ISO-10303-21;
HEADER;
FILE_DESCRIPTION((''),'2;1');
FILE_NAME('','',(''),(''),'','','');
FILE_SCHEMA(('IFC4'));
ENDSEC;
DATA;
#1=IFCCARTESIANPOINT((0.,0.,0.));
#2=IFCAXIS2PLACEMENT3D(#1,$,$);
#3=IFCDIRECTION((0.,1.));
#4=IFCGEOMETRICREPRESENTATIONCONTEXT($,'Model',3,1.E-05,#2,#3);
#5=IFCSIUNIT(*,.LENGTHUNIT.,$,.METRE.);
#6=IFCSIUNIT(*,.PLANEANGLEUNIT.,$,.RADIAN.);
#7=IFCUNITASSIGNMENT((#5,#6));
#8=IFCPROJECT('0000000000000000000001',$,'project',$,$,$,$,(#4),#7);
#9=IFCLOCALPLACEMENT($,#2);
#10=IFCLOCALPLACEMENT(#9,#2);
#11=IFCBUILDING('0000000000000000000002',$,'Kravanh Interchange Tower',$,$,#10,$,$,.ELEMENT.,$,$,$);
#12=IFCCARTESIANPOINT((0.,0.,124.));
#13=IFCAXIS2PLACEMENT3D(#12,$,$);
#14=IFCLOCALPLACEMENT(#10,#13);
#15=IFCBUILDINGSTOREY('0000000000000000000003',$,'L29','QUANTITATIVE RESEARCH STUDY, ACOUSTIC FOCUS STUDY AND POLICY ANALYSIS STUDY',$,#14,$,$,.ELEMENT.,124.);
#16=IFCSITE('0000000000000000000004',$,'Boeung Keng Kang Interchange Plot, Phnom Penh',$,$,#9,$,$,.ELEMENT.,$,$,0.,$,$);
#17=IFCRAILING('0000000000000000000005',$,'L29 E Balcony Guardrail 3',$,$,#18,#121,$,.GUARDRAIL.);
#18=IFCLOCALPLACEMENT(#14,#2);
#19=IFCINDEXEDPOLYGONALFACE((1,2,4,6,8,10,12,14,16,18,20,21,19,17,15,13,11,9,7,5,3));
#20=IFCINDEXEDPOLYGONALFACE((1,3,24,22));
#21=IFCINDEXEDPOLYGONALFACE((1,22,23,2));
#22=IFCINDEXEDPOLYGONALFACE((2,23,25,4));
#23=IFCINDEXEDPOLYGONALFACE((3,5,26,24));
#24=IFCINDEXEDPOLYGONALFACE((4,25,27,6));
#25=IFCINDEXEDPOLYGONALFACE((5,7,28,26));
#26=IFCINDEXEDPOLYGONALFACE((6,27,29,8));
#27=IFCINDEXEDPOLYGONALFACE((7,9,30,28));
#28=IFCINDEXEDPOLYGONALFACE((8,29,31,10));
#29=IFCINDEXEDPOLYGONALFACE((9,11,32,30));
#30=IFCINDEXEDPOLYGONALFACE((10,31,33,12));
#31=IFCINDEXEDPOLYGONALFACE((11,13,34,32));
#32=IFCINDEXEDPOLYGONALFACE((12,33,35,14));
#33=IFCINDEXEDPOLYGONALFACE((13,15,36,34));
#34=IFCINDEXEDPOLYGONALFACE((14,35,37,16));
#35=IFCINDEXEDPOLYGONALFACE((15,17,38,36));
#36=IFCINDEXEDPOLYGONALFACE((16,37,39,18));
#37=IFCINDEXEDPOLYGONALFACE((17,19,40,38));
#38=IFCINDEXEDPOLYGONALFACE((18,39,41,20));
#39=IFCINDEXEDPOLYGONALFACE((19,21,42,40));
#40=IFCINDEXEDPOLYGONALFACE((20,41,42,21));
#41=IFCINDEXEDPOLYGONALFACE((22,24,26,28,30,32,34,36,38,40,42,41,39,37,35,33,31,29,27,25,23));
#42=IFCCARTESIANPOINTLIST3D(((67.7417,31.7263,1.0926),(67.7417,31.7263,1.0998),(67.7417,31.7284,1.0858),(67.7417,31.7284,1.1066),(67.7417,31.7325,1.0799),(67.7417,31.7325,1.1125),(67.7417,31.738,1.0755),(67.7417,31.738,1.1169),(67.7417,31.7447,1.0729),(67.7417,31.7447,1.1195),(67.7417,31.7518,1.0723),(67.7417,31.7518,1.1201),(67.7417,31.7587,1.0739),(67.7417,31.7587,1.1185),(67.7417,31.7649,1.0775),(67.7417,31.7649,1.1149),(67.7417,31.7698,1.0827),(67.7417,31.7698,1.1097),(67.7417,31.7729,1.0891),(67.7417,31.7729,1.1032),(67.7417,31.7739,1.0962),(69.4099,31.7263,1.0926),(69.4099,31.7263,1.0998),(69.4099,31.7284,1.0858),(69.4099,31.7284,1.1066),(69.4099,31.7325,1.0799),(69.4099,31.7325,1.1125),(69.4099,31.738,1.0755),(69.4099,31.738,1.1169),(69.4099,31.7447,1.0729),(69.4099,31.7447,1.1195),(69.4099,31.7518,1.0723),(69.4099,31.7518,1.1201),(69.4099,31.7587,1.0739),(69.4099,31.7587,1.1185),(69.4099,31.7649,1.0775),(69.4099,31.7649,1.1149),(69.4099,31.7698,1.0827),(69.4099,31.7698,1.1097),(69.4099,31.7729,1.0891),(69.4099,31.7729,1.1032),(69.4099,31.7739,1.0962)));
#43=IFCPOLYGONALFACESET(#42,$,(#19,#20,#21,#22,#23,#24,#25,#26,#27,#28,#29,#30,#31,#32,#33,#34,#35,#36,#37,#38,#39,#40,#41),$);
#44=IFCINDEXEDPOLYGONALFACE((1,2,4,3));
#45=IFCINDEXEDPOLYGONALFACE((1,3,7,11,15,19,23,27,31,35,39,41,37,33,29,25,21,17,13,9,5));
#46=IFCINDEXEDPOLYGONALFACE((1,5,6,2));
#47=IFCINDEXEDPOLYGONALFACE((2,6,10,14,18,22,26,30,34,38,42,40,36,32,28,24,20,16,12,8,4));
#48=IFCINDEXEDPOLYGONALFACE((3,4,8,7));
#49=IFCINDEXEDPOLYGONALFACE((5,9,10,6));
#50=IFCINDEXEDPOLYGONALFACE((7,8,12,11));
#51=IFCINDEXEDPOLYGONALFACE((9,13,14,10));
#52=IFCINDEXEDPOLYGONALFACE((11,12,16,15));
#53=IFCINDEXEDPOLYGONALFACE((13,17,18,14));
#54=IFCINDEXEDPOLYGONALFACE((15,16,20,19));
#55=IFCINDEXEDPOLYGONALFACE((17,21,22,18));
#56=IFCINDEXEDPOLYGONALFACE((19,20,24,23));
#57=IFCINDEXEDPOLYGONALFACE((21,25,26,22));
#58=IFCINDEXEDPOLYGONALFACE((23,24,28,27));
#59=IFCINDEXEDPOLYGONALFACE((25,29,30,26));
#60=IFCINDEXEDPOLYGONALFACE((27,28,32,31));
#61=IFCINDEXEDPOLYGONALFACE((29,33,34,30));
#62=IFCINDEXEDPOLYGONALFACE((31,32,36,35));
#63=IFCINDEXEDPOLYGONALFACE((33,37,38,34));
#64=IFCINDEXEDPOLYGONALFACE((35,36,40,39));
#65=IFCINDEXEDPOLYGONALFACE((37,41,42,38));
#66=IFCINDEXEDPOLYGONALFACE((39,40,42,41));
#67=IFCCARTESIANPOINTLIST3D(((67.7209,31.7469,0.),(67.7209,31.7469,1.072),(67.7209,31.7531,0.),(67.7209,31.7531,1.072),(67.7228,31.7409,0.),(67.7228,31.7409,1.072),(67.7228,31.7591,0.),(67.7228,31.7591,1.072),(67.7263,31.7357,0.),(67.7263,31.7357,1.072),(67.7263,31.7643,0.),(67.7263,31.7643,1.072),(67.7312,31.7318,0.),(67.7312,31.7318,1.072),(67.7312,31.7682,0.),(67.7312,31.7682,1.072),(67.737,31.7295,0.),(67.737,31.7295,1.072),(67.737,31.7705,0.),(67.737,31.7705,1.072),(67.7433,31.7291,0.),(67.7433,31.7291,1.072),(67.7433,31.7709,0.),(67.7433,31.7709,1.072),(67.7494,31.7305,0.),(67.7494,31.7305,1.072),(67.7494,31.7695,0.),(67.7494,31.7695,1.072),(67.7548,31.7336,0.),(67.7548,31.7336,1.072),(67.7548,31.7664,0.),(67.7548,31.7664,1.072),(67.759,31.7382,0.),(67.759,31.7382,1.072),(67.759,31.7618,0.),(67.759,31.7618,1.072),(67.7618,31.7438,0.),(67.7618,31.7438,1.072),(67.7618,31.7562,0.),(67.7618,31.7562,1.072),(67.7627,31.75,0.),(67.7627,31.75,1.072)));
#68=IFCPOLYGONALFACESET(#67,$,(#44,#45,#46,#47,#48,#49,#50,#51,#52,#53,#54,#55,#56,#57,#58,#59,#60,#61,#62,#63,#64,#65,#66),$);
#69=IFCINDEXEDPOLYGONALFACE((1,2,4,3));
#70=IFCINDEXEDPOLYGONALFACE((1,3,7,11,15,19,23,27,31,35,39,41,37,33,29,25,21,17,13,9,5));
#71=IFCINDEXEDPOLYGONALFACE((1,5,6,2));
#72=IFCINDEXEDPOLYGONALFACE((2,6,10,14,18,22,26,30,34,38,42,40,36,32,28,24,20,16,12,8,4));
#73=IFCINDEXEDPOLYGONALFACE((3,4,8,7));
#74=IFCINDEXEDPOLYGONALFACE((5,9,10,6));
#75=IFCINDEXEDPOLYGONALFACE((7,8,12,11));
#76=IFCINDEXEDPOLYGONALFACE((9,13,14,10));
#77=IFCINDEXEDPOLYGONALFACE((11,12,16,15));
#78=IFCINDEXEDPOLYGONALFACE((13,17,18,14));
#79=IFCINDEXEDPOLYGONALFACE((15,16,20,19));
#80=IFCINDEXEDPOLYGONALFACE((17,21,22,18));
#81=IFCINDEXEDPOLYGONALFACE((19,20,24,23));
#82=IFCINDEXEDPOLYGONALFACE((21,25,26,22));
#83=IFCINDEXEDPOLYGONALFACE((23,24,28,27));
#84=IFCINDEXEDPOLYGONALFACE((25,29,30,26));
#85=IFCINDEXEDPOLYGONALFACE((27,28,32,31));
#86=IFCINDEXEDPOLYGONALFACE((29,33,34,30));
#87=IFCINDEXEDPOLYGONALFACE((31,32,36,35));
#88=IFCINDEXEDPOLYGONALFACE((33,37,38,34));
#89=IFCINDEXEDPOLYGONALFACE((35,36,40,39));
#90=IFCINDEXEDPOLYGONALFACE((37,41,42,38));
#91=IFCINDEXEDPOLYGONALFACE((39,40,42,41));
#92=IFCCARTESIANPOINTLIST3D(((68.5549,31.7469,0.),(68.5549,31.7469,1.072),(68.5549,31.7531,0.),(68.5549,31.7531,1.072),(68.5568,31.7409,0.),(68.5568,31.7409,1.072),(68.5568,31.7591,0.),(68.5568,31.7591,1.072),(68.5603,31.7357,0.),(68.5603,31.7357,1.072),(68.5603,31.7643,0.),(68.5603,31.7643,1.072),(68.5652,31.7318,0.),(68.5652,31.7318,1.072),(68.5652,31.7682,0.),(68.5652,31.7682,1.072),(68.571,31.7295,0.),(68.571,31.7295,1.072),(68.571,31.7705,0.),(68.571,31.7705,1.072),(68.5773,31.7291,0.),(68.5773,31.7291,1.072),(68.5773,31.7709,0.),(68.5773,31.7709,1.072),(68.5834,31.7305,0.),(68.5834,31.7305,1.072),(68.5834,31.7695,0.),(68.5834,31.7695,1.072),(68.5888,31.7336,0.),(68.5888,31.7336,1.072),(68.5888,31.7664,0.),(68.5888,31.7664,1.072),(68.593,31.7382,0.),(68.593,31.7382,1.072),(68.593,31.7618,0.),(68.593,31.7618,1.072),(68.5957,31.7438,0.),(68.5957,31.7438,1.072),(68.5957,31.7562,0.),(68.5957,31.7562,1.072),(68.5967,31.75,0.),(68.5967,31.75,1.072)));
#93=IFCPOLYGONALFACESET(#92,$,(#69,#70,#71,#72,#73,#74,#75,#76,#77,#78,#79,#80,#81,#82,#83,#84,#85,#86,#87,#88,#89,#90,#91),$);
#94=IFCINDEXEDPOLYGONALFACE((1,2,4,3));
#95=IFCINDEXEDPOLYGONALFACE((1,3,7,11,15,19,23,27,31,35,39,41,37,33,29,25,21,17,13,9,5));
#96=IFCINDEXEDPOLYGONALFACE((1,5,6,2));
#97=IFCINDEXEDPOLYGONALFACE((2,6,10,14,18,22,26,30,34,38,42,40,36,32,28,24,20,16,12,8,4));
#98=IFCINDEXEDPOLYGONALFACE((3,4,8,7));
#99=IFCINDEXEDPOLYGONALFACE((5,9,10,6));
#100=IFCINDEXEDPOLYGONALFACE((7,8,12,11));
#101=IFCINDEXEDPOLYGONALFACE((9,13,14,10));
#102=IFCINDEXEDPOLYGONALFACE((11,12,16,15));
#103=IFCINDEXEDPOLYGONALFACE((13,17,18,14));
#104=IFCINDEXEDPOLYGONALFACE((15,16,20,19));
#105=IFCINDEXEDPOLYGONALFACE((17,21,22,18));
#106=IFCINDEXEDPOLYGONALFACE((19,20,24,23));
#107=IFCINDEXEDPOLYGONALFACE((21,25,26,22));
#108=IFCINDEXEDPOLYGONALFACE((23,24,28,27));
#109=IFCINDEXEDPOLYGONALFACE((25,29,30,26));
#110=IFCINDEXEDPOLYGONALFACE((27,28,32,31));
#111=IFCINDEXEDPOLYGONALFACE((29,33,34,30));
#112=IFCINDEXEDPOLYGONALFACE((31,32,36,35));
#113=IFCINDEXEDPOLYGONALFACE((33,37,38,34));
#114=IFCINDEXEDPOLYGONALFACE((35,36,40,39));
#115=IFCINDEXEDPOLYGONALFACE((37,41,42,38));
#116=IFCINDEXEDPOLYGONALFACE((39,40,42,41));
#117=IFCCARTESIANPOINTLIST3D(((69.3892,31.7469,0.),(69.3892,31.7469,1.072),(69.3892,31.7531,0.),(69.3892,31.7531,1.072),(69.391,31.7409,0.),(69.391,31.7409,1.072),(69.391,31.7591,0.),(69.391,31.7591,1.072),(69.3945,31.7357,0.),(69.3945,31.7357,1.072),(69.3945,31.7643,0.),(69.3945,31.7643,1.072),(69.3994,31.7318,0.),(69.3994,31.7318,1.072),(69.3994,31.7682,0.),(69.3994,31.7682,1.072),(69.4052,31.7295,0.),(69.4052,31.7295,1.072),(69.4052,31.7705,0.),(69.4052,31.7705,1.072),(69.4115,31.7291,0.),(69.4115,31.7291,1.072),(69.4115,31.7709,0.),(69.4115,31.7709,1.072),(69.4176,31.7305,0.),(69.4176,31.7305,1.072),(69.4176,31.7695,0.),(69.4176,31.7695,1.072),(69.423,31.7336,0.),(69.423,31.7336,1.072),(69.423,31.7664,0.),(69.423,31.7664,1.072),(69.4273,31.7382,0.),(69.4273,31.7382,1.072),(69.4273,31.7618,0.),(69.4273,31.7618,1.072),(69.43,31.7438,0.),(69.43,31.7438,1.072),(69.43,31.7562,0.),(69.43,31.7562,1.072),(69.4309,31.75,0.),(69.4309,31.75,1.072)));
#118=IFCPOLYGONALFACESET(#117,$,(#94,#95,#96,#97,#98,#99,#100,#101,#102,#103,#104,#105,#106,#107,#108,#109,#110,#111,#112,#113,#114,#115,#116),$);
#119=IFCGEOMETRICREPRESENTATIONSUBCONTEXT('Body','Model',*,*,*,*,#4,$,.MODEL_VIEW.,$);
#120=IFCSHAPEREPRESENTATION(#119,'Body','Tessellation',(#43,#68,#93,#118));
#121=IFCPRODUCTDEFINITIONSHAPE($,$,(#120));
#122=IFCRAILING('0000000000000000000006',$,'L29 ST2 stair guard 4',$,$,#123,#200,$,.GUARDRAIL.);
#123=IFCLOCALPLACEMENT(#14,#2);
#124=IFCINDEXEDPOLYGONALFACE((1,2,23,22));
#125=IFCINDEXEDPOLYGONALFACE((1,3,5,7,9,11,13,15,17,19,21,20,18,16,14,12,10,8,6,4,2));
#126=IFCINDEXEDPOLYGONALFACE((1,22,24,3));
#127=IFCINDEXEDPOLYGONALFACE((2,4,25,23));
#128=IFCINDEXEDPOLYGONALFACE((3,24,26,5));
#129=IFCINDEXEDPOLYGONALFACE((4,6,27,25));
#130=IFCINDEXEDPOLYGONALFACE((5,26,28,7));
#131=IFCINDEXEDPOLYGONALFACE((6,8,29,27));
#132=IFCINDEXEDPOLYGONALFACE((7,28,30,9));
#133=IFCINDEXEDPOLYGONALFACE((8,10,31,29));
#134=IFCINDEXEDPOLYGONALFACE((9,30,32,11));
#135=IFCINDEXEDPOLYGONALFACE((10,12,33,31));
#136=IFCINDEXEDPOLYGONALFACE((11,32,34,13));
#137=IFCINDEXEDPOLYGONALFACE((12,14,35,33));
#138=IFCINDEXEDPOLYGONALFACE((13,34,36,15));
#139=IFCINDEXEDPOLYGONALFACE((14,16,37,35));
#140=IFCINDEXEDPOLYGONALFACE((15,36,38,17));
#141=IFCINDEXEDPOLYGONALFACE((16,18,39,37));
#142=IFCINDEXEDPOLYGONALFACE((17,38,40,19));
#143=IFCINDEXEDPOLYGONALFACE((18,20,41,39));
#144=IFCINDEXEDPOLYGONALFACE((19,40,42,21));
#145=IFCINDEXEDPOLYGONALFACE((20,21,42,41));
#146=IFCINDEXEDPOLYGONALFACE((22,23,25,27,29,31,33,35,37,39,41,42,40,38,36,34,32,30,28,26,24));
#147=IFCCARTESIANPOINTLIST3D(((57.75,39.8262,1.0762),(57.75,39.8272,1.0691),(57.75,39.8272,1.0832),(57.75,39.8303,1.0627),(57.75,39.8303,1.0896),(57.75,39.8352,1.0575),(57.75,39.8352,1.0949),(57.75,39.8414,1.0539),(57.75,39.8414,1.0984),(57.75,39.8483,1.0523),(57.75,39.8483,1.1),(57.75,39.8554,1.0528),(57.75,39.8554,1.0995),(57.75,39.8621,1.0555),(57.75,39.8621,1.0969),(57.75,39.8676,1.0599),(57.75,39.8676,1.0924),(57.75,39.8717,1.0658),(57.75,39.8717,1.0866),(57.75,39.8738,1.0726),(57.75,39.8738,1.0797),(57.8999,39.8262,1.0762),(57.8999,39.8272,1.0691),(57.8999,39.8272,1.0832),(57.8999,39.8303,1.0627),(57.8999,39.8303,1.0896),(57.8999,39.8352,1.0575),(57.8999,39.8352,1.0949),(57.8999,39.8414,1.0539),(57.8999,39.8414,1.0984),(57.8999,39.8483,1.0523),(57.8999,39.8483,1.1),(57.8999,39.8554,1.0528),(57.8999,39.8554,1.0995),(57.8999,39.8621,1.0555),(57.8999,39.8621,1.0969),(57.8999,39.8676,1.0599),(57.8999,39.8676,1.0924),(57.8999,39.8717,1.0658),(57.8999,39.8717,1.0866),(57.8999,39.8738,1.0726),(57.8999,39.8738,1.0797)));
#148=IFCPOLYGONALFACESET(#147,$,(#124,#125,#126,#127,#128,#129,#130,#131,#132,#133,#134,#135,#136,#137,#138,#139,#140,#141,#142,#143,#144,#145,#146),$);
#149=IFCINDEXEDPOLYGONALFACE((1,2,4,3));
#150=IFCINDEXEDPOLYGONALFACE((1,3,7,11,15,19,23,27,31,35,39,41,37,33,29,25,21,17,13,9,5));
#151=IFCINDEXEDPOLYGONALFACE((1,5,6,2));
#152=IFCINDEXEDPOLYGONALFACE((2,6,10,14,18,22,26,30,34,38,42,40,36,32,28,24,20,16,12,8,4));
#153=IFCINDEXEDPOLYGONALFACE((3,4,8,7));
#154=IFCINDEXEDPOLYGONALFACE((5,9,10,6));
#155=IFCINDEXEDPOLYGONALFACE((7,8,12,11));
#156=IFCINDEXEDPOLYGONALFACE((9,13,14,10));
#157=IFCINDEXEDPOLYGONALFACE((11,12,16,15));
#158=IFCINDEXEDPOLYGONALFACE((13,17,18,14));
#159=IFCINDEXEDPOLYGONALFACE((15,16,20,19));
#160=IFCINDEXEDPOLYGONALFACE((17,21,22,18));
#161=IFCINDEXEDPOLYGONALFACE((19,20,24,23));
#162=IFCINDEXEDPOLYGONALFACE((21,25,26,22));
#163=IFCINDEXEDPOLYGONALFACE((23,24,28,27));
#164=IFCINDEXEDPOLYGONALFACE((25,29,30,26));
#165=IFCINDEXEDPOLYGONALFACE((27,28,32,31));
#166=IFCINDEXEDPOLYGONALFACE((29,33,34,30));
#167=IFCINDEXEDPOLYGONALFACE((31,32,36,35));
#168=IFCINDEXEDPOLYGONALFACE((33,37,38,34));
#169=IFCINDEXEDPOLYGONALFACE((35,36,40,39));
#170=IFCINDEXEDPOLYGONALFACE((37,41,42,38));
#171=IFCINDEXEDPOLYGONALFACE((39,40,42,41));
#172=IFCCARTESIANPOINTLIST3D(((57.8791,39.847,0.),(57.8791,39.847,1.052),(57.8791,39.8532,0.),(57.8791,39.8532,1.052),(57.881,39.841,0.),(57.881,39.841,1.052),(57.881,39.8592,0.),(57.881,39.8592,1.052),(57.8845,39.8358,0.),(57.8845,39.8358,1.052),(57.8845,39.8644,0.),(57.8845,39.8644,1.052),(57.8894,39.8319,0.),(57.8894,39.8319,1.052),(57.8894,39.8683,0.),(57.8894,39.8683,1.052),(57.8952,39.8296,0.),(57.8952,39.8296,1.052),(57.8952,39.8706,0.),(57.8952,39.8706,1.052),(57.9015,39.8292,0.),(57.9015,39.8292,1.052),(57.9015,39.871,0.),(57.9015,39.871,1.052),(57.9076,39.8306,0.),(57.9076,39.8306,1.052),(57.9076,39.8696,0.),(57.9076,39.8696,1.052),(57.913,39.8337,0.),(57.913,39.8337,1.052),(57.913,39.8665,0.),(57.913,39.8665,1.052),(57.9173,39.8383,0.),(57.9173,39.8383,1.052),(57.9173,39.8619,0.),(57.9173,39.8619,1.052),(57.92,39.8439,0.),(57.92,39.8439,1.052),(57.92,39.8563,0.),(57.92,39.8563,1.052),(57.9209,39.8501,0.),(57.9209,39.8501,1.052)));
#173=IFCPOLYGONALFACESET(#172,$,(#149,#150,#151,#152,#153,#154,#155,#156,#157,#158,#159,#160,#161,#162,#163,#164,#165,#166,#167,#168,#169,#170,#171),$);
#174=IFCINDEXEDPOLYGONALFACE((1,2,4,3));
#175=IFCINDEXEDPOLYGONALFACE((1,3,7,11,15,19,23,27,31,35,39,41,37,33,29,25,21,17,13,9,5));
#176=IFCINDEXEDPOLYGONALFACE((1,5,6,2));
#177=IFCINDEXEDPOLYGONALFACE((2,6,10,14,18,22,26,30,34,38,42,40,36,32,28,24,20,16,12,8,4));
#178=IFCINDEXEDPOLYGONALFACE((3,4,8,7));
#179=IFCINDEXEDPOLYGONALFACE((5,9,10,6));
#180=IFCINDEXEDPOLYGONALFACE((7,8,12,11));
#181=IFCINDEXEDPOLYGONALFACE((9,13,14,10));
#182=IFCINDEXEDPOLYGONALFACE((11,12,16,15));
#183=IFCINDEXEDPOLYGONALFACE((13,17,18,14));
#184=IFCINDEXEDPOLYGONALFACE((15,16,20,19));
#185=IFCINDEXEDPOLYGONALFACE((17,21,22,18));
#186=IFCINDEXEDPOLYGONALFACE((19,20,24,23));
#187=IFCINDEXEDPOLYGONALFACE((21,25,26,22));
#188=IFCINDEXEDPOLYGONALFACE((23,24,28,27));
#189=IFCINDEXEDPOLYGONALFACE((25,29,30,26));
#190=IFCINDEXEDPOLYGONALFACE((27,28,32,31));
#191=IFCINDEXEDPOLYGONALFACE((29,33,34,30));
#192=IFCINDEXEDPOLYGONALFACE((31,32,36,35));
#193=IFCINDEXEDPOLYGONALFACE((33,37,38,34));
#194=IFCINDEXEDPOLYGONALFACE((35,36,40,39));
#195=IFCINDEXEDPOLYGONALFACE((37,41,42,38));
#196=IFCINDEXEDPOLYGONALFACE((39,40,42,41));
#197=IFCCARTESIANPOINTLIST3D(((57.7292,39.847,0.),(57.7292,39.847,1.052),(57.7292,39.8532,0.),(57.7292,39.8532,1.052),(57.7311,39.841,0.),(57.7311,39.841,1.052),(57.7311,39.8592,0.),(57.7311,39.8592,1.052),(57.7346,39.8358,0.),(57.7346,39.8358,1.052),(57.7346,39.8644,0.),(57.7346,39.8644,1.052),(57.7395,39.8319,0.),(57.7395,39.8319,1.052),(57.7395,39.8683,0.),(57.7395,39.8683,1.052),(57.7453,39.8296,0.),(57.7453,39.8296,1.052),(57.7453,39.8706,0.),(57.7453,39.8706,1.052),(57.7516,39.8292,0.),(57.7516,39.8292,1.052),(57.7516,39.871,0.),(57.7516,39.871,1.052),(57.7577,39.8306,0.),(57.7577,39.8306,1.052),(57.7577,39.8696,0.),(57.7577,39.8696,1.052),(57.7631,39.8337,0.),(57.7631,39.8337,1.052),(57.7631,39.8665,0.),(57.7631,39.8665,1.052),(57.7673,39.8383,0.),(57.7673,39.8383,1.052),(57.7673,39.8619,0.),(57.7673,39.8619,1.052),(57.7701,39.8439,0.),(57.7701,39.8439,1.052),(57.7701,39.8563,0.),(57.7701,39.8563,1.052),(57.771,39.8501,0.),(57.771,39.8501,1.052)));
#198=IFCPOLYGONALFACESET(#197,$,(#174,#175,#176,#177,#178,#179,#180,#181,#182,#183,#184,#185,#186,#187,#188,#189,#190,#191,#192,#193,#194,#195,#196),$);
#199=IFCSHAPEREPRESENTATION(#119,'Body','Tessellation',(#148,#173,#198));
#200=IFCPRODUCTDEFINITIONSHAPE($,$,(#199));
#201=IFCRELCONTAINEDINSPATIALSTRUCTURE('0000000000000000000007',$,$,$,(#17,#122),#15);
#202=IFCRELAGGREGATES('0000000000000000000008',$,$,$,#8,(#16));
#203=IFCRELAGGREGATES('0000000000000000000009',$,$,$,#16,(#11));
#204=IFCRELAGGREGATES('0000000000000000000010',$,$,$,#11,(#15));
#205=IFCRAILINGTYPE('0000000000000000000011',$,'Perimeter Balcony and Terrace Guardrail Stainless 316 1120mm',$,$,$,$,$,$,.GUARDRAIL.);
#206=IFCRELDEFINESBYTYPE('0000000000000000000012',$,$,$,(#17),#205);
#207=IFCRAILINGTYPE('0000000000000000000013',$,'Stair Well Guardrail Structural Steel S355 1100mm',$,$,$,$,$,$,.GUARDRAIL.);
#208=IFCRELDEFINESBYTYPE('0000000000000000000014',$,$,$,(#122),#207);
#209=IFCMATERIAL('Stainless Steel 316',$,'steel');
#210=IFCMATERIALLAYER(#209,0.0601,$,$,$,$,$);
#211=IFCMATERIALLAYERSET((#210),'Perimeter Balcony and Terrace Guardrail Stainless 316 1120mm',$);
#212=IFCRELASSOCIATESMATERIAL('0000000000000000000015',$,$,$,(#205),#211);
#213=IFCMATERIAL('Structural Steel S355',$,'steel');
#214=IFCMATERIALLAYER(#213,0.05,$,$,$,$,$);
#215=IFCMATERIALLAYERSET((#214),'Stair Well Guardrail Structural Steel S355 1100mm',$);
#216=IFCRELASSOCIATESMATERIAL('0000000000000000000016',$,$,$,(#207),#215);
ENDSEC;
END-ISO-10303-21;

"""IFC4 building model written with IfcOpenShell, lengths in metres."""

from ifc_helpers import new_model, si_unit, direction, frame, origin, origin_2d, place, context, subcontext, project, spatial, circle, extrude, material, layer, layer_set, type_object, element, save


model = new_model("IFC4")

# Units and contexts
model_context = context("Model", 3, precision=1e-05, world=origin(), true_north=direction((0.0, 1.0)))
body_context = subcontext(model_context, "Body", "Model", "MODEL_VIEW")
ifc_project = project(units=[si_unit("LENGTHUNIT", "METRE"), si_unit("PLANEANGLEUNIT", "RADIAN")], contexts=[model_context])

# Site, building, storey
site_placement = place(None, origin())
site = spatial("IfcSite", under=ifc_project, at=site_placement, Name="Boeung Keng Kang Interchange Plot, Phnom Penh", CompositionType="ELEMENT", RefElevation=0.0)
building_placement = place(site_placement, origin())
building = spatial("IfcBuilding", under=site, at=building_placement, Name="Kravanh Interchange Tower", CompositionType="ELEMENT")
storey_placement = place(building_placement, frame((0.0, 0.0, 124.0)))
storey = spatial("IfcBuildingStorey", under=building, at=storey_placement, Name="L29", Description="QUANTITATIVE RESEARCH STUDY, ACOUSTIC FOCUS STUDY AND POLICY ANALYSIS STUDY", CompositionType="ELEMENT", Elevation=124.0)

# Railings
ifc_material_1 = material(Name="Stainless Steel 316", Category="steel")
ifc_layer_1 = layer(ifc_material_1, 0.0601)
ifc_layer_set_1 = layer_set([ifc_layer_1], Name="Perimeter Balcony and Terrace Guardrail Stainless 316 1120mm")
railing_type_1 = type_object("IfcRailingType", Name="Perimeter Balcony and Terrace Guardrail Stainless 316 1120mm", PredefinedType="GUARDRAIL", material=ifc_layer_set_1)
railing_1_placement = place(storey_placement, frame((67.7417, 31.75, 0.0)))
element("IfcRailing", 1, at=railing_1_placement, inside=storey, type_object=railing_type_1, Name="L29 E Balcony Guardrail 3", PredefinedType="GUARDRAIL", context=body_context, shape_type="SweptSolid", body=[
    extrude(circle(Radius=0.0239, at=origin_2d()), frame((0.0, 0.0, 1.0962), z_axis=(1.0, 0.0, 0.0), x_axis=(0.0, 1.0, 0.0)), (0.0, 0.0, 1.0), 1.6682),
    extrude(circle(Radius=0.021, at=origin_2d()), origin(), (0.0, 0.0, 1.0), 1.072),
    extrude(circle(Radius=0.021, at=origin_2d()), frame((0.834, 0.0, 0.0)), (0.0, 0.0, 1.0), 1.072),
    extrude(circle(Radius=0.021, at=origin_2d()), frame((1.6682, 0.0, 0.0)), (0.0, 0.0, 1.0), 1.072),
])
ifc_material_2 = material(Name="Structural Steel S355", Category="steel")
ifc_layer_2 = layer(ifc_material_2, 0.05)
ifc_layer_set_2 = layer_set([ifc_layer_2], Name="Stair Well Guardrail Structural Steel S355 1100mm")
railing_type_2 = type_object("IfcRailingType", Name="Stair Well Guardrail Structural Steel S355 1100mm", PredefinedType="GUARDRAIL", material=ifc_layer_set_2)
railing_2_placement = place(storey_placement, frame((57.8999, 39.8501, 0.0)))
element("IfcRailing", 2, at=railing_2_placement, inside=storey, type_object=railing_type_2, Name="L29 ST2 stair guard 4", PredefinedType="GUARDRAIL", context=body_context, shape_type="SweptSolid", body=[
    extrude(circle(Radius=0.0239, at=origin_2d()), frame((0.0, 0.0, 1.0762), z_axis=(-1.0, 0.0, 0.0), x_axis=(0.0, -1.0, 0.0)), (0.0, 0.0, 1.0), 0.1499),
    extrude(circle(Radius=0.021, at=origin_2d()), origin(), (0.0, 0.0, 1.0), 1.052),
    extrude(circle(Radius=0.021, at=origin_2d()), frame((-0.1499, 0.0, 0.0)), (0.0, 0.0, 1.0), 1.052),
])

save(model, "model.ifc")
